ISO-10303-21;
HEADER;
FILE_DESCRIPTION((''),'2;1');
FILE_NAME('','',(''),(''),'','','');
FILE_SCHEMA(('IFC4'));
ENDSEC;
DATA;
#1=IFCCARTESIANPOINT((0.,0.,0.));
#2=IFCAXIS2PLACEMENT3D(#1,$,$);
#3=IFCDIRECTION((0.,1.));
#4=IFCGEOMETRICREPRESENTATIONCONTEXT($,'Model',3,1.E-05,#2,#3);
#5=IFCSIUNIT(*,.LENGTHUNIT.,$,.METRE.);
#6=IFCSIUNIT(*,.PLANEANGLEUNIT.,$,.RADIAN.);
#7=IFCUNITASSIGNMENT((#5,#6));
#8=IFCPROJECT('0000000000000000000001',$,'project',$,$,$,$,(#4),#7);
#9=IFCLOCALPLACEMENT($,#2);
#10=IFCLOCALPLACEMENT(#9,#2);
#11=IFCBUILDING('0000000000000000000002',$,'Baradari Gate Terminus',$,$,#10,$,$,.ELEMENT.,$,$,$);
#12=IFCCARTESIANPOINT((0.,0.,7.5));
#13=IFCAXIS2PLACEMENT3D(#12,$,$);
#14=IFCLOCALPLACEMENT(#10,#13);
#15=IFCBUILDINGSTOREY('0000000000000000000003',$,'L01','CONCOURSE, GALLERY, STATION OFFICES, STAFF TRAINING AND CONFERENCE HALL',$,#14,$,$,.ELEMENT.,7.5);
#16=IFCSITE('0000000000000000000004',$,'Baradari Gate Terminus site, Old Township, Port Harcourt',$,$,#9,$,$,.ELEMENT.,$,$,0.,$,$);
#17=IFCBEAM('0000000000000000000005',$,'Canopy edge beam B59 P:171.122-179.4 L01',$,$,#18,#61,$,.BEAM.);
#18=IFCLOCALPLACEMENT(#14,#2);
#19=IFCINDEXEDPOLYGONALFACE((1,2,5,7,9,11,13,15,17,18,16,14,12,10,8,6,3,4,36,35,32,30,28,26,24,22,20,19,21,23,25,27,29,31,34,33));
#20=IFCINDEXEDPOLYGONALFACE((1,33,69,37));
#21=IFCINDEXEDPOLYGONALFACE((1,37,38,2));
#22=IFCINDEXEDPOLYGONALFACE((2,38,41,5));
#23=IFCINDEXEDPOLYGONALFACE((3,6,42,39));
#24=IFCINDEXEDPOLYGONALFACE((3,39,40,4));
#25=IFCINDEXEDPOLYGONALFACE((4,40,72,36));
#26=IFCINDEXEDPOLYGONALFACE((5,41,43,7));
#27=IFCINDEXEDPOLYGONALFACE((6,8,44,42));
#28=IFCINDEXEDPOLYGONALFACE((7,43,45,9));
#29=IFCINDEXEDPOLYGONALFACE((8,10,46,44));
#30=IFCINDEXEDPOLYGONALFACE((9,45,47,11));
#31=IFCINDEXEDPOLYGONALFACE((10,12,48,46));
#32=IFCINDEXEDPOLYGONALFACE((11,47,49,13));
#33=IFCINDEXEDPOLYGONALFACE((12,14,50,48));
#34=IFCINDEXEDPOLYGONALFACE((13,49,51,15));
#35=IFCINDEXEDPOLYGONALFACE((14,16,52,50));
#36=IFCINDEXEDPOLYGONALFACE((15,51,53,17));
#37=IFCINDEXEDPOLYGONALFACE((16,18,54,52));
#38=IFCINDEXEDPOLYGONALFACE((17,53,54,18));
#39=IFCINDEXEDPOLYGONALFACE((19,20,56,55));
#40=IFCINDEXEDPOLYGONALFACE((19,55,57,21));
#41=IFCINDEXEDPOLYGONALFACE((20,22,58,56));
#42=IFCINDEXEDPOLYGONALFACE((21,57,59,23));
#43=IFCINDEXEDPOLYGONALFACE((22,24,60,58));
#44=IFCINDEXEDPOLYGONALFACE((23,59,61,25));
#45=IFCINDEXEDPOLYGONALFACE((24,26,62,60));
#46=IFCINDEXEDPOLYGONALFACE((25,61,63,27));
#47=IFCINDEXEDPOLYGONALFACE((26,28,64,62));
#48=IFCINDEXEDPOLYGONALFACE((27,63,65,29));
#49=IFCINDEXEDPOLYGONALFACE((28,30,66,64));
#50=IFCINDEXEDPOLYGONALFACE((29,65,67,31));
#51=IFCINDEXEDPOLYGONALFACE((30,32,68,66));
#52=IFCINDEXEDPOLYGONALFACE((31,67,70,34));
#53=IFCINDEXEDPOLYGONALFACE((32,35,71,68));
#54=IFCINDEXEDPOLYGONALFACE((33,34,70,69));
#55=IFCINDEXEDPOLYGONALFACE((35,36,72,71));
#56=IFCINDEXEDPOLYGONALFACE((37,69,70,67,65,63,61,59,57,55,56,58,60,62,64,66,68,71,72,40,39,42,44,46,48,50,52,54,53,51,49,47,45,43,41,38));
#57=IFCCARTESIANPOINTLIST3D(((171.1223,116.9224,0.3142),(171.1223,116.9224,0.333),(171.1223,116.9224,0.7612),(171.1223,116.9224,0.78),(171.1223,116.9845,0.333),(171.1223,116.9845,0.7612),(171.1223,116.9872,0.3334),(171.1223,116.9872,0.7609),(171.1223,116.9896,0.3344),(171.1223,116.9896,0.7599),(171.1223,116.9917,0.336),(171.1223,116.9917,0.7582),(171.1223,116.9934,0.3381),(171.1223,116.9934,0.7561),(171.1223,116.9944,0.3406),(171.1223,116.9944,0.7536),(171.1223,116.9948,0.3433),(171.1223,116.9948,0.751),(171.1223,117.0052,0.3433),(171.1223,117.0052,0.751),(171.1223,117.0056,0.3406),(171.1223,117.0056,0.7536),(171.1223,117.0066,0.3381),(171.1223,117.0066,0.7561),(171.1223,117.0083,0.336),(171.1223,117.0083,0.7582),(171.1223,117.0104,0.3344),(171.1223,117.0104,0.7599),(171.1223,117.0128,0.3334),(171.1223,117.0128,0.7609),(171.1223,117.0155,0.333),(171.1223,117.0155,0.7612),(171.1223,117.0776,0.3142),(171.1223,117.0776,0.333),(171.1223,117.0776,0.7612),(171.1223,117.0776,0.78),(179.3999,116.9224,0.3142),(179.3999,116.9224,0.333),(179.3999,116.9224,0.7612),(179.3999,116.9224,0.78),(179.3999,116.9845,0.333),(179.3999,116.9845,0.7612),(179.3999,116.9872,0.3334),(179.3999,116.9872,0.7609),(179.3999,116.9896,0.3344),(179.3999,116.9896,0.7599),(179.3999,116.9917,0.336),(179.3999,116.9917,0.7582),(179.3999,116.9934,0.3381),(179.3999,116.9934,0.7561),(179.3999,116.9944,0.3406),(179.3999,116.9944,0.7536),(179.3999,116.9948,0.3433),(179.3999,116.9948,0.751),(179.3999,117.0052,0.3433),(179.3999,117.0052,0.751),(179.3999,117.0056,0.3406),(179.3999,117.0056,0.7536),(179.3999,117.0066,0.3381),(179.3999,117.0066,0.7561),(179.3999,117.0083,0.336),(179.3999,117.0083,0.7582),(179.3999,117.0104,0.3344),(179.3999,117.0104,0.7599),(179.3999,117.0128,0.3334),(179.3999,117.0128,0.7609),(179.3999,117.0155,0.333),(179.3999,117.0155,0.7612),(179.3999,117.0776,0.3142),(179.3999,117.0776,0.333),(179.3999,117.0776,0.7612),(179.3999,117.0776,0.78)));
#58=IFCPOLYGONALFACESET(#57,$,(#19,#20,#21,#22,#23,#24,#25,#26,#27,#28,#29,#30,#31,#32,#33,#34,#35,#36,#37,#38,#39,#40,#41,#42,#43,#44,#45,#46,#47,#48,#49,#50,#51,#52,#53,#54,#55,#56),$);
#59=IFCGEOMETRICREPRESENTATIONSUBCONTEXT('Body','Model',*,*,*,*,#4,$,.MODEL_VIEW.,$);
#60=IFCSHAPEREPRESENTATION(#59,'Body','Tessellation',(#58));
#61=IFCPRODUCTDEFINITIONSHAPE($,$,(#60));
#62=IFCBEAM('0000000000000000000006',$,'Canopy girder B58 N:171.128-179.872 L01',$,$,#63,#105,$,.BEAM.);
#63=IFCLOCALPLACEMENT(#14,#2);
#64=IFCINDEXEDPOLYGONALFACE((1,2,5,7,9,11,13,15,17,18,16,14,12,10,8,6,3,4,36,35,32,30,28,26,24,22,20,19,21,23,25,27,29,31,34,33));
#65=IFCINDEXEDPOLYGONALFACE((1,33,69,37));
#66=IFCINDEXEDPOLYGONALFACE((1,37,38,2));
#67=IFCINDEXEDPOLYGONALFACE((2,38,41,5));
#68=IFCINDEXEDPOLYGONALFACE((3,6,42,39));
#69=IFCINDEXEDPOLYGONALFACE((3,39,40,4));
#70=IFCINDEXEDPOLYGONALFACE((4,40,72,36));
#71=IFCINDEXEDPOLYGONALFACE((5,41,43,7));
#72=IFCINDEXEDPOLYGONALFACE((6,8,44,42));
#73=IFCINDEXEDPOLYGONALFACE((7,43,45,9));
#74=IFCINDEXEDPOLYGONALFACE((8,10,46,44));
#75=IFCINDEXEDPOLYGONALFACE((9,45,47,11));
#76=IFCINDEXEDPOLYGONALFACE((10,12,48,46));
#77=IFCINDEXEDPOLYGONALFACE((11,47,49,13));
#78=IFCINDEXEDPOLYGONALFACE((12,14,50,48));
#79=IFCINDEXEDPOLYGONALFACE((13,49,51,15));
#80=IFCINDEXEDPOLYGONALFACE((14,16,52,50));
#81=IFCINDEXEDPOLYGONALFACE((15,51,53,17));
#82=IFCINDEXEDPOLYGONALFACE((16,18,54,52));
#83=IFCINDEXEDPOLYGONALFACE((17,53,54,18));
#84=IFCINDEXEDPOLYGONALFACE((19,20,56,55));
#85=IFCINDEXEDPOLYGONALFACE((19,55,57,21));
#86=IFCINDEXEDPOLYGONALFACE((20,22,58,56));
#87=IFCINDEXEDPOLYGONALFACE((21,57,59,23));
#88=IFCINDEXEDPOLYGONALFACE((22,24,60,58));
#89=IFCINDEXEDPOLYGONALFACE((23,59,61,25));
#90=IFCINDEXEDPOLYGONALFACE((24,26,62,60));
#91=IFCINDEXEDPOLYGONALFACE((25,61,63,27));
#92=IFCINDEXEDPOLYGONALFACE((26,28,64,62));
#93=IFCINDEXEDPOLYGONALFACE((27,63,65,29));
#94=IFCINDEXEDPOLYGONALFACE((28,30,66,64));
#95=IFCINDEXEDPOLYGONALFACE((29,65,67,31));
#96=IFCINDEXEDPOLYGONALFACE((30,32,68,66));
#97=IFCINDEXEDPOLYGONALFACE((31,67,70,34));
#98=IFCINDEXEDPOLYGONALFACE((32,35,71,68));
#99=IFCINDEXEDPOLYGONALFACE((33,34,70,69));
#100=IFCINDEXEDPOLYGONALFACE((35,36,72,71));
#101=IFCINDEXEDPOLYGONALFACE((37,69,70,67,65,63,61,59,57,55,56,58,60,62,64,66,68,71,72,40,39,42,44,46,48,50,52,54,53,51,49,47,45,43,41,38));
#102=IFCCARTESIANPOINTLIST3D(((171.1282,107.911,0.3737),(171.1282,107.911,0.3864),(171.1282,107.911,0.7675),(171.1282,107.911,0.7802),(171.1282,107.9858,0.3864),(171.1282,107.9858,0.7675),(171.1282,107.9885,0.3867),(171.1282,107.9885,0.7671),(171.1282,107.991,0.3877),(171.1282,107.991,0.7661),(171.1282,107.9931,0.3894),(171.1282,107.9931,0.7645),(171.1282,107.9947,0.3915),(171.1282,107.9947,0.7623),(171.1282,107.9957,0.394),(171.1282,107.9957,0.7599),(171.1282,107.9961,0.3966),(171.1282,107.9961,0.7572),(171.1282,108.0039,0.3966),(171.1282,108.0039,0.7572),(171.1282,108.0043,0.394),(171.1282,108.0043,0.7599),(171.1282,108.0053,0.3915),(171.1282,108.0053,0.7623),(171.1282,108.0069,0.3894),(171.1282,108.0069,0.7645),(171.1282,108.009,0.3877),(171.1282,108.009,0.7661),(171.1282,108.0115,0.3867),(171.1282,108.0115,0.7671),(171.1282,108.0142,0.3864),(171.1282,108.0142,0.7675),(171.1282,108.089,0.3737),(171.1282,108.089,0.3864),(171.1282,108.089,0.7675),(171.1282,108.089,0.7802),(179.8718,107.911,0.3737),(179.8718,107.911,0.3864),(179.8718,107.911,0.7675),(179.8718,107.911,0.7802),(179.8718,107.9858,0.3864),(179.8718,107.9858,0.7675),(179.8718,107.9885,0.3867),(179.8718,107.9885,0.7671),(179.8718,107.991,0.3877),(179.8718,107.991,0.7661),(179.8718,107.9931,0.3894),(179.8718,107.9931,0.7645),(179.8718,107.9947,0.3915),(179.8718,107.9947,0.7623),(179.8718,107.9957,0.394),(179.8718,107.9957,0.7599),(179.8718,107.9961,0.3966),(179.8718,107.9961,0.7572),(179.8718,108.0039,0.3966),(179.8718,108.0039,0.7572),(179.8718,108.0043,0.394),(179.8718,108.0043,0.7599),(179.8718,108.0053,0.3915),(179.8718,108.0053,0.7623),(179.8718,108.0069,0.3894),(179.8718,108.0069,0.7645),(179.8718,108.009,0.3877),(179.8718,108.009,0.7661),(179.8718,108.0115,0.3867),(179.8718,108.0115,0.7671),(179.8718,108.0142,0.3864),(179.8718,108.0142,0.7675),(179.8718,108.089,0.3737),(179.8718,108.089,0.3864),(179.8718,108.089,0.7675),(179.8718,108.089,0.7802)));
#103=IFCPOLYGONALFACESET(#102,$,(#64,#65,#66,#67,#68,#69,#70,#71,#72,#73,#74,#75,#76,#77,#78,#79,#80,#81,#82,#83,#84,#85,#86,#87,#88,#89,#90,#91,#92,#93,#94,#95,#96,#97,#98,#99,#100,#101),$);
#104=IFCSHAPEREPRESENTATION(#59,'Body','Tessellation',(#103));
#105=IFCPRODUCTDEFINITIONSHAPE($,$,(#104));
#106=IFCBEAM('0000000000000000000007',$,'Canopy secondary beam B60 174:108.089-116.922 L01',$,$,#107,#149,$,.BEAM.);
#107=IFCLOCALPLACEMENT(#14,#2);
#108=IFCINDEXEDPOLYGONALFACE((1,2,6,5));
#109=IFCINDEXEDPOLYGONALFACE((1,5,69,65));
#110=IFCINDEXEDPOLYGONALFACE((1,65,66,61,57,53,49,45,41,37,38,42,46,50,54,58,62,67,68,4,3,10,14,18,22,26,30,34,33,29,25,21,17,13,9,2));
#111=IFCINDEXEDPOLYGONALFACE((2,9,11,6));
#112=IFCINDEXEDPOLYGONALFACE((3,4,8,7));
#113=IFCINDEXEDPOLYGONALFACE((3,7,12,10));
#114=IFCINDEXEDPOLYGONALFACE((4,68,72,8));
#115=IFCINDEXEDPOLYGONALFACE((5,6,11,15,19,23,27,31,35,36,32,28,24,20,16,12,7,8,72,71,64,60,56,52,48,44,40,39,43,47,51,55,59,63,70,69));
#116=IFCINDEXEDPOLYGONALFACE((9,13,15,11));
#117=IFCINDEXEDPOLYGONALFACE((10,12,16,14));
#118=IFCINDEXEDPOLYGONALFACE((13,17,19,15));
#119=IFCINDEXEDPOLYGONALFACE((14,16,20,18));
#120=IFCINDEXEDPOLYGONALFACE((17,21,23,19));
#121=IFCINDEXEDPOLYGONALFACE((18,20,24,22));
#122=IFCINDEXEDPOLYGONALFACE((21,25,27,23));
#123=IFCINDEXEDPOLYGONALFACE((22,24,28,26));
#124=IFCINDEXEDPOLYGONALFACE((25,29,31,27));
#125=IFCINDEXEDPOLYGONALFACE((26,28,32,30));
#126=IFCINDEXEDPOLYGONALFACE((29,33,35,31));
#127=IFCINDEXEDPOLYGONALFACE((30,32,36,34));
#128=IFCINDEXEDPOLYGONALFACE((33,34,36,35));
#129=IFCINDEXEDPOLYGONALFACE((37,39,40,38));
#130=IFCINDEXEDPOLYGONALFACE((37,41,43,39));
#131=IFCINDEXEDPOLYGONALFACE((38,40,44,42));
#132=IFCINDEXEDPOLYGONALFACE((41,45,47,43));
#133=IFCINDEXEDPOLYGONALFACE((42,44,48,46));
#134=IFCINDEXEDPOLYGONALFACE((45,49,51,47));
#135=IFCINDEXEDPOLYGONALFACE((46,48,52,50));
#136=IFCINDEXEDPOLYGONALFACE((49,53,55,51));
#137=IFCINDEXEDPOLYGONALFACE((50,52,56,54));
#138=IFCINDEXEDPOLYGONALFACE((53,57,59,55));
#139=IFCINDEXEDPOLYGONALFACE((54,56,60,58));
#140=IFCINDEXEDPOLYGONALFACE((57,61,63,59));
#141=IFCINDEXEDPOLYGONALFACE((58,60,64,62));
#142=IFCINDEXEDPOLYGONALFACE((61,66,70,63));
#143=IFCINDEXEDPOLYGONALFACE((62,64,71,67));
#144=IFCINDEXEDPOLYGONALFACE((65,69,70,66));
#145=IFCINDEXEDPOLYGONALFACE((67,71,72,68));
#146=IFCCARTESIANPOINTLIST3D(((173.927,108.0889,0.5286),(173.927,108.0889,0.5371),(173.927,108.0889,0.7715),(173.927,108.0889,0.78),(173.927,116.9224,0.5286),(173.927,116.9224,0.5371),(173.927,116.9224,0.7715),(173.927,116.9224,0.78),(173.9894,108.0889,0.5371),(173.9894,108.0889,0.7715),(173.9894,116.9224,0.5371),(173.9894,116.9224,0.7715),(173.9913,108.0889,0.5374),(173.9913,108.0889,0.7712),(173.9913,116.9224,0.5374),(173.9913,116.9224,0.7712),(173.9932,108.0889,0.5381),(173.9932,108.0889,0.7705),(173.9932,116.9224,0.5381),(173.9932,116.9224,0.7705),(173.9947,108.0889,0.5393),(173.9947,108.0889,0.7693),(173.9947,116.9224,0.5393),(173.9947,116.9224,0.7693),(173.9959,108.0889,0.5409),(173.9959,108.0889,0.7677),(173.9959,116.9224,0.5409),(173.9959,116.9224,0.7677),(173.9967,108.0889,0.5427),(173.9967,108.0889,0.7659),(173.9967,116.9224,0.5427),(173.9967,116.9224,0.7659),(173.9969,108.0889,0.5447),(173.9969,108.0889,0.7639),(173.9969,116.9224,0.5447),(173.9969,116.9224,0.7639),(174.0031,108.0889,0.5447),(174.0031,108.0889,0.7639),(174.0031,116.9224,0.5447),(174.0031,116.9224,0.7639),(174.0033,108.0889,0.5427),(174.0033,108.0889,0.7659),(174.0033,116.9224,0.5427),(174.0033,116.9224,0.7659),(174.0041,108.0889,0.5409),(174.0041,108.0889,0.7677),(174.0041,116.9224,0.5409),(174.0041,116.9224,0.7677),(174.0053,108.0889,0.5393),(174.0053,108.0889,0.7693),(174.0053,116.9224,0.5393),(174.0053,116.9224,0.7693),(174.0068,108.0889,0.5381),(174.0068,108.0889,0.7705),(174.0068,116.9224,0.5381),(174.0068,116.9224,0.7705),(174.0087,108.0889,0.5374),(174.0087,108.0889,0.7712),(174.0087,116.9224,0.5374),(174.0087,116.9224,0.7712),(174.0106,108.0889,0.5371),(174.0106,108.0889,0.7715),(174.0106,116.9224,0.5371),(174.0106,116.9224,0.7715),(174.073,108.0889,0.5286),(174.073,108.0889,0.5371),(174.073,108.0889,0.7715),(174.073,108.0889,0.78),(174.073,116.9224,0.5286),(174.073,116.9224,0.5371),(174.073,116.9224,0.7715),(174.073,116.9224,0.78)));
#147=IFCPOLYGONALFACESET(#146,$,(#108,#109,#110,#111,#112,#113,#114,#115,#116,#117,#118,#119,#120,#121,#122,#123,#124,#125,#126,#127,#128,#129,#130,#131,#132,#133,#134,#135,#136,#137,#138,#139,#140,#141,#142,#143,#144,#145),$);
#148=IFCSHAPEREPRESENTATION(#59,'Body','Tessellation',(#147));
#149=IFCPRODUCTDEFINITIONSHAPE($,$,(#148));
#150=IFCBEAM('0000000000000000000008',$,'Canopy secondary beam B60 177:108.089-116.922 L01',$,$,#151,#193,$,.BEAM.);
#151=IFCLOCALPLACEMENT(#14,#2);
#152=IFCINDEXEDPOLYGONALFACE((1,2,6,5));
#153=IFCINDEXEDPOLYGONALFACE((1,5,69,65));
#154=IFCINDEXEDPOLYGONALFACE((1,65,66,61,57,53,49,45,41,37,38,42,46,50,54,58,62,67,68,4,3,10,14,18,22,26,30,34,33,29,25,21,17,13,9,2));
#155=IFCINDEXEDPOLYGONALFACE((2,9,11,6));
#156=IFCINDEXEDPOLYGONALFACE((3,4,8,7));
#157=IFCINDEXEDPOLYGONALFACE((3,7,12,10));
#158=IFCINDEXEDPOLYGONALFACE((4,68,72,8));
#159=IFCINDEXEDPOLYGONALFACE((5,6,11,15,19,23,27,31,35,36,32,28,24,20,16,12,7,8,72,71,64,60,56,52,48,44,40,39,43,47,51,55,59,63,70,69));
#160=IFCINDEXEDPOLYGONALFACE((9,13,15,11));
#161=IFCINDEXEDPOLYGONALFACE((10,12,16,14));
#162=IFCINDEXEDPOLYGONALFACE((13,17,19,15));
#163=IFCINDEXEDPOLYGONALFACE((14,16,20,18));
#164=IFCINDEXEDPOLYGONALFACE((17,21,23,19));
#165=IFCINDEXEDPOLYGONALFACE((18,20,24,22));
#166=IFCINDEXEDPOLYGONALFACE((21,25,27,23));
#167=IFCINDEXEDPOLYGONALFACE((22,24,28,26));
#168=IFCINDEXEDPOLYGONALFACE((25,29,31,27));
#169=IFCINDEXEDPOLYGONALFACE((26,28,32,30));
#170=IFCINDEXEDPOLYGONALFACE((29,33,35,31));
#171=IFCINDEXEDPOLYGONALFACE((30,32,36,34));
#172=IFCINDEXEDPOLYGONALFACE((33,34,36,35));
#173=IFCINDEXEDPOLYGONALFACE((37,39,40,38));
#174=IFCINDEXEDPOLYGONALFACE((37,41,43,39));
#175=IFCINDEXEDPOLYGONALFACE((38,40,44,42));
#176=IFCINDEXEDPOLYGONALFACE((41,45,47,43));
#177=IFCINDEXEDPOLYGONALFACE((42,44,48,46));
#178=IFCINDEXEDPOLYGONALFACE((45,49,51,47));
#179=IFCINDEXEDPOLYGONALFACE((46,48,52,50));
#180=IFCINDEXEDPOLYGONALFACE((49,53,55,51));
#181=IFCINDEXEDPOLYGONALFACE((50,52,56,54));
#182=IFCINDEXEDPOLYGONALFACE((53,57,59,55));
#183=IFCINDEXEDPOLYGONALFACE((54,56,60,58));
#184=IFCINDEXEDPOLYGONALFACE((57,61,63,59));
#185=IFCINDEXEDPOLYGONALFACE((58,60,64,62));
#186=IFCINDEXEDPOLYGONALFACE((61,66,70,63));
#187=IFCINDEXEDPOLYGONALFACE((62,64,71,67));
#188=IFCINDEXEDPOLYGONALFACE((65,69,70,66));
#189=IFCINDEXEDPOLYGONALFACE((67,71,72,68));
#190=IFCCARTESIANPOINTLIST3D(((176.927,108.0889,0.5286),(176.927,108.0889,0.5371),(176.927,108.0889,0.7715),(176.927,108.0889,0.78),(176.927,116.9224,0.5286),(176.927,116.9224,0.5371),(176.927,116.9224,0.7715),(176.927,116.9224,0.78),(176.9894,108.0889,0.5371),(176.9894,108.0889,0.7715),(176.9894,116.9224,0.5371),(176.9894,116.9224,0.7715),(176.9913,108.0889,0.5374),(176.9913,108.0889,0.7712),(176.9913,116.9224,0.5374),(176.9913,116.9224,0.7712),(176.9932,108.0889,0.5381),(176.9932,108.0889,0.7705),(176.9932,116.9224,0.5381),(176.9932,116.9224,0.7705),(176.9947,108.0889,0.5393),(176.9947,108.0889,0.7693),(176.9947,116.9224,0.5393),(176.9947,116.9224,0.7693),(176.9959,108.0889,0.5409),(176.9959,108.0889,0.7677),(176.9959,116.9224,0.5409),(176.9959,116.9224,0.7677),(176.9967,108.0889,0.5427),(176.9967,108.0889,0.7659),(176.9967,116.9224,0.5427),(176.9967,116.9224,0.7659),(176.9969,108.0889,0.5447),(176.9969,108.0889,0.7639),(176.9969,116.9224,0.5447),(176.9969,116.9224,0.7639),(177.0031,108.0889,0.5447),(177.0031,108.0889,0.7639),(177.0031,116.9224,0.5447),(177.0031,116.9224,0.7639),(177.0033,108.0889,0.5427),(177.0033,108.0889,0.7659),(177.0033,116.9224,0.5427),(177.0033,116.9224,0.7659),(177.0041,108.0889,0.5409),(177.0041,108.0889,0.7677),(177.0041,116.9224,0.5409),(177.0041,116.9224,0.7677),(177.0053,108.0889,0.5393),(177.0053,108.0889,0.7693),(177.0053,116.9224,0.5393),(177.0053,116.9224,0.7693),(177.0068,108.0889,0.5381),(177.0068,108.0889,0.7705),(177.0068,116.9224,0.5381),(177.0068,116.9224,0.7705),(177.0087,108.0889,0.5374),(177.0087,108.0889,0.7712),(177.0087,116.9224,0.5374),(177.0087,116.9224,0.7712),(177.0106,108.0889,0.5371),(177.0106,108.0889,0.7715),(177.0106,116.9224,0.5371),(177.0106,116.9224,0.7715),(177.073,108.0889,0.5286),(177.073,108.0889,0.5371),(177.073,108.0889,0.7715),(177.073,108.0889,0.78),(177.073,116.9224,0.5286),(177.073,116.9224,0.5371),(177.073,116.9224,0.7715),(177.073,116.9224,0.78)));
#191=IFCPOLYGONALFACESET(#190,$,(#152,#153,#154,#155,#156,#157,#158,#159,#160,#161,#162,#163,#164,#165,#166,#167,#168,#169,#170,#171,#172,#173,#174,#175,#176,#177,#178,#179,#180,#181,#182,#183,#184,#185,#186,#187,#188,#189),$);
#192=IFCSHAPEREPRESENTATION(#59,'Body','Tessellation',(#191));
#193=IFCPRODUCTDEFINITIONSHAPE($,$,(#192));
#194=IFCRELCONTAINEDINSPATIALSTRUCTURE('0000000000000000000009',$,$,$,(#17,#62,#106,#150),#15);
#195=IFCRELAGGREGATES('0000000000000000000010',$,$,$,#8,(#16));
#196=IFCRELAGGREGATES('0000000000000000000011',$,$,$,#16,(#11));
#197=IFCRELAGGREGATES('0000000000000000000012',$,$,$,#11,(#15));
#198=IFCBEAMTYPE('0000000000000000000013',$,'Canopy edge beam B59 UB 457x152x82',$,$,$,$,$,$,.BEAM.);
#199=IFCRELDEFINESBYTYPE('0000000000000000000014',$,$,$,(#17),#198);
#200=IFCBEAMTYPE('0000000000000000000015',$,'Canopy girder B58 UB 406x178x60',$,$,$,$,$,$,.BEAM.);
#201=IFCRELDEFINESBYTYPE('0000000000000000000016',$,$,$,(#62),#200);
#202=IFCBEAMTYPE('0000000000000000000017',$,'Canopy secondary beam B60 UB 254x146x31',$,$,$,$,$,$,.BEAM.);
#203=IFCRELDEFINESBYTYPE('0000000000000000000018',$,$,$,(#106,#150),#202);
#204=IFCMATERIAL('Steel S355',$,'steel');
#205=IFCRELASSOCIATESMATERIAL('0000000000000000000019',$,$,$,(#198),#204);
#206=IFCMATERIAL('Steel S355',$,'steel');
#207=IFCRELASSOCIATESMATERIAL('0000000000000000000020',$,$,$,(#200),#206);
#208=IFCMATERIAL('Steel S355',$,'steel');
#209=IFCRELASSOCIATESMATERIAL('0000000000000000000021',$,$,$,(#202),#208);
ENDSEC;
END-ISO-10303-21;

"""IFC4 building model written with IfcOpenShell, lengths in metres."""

from ifc_helpers import new_model, si_unit, direction, frame, origin, origin_2d, place, context, subcontext, project, spatial, i_section, extrude, material, material_profile, profile_set, type_object, element, save


model = new_model("IFC4")

# Units and contexts
model_context = context("Model", 3, precision=1e-05, world=origin(), true_north=direction((0.0, 1.0)))
body_context = subcontext(model_context, "Body", "Model", "MODEL_VIEW")
ifc_project = project(units=[si_unit("LENGTHUNIT", "METRE"), si_unit("PLANEANGLEUNIT", "RADIAN")], contexts=[model_context])

# Site, building, storey
site_placement = place(None, origin())
site = spatial("IfcSite", under=ifc_project, at=site_placement, Name="Baradari Gate Terminus site, Old Township, Port Harcourt", CompositionType="ELEMENT", RefElevation=0.0)
building_placement = place(site_placement, origin())
building = spatial("IfcBuilding", under=site, at=building_placement, Name="Baradari Gate Terminus", CompositionType="ELEMENT")
storey_placement = place(building_placement, frame((0.0, 0.0, 7.5)))
storey = spatial("IfcBuildingStorey", under=building, at=storey_placement, Name="L01", Description="CONCOURSE, GALLERY, STATION OFFICES, STAFF TRAINING AND CONFERENCE HALL", CompositionType="ELEMENT", Elevation=7.5)

# Beams
ifc_material_1 = material(Name="Steel S355", Category="steel")
ifc_material_profile_1 = material_profile(ifc_material_1, i_section(OverallWidth=0.1553, OverallDepth=0.4658, WebThickness=0.0105, FlangeThickness=0.0188, FilletRadius=0.0103, at=origin_2d()), Name="UB 457x152x82")
ifc_profile_set_1 = profile_set([ifc_material_profile_1], Name="Steel S355")
beam_type_1 = type_object("IfcBeamType", Name="Canopy edge beam B59 UB 457x152x82", PredefinedType="BEAM", material=ifc_profile_set_1)
beam_1_placement = place(storey_placement, frame((171.1223, 117.0, 0.5471), z_axis=(1.0, 0.0, 0.0), x_axis=(0.0, 1.0, 0.0)))
element("IfcBeam", 1, at=beam_1_placement, inside=storey, type_object=beam_type_1, Name="Canopy edge beam B59 P:171.122-179.4 L01", PredefinedType="BEAM", context=body_context, shape_type="SweptSolid", body=[
    extrude(i_section(OverallWidth=0.1553, OverallDepth=0.4658, WebThickness=0.0105, FlangeThickness=0.0188, FilletRadius=0.0103, at=origin_2d()), origin(), (0.0, 0.0, 1.0), 8.2776),
])
ifc_material_2 = material(Name="Steel S355", Category="steel")
ifc_material_profile_2 = material_profile(ifc_material_2, i_section(OverallWidth=0.178, OverallDepth=0.4065, WebThickness=0.0078, FlangeThickness=0.0127, FilletRadius=0.0103, at=origin_2d()), Name="UB 406x178x60")
ifc_profile_set_2 = profile_set([ifc_material_profile_2], Name="Steel S355")
beam_type_2 = type_object("IfcBeamType", Name="Canopy girder B58 UB 406x178x60", PredefinedType="BEAM", material=ifc_profile_set_2)
beam_2_placement = place(storey_placement, frame((171.1282, 108.0, 0.5769), z_axis=(1.0, 0.0, 0.0), x_axis=(0.0, 1.0, 0.0)))
element("IfcBeam", 2, at=beam_2_placement, inside=storey, type_object=beam_type_2, Name="Canopy girder B58 N:171.128-179.872 L01", PredefinedType="BEAM", context=body_context, shape_type="SweptSolid", body=[
    extrude(i_section(OverallWidth=0.178, OverallDepth=0.4065, WebThickness=0.0078, FlangeThickness=0.0127, FilletRadius=0.0103, at=origin_2d()), origin(), (0.0, 0.0, 1.0), 8.7437),
])
ifc_material_3 = material(Name="Steel S355", Category="steel")
ifc_material_profile_3 = material_profile(ifc_material_3, i_section(OverallWidth=0.146, OverallDepth=0.2515, WebThickness=0.0061, FlangeThickness=0.0085, FilletRadius=0.0076, at=origin_2d()), Name="UB 254x146x31")
ifc_profile_set_3 = profile_set([ifc_material_profile_3], Name="Steel S355")
beam_type_3 = type_object("IfcBeamType", Name="Canopy secondary beam B60 UB 254x146x31", PredefinedType="BEAM", material=ifc_profile_set_3)
for number, where, z_axis, x_axis, name in (
    (3, (174.0, 108.0889, 0.6543), (0.0, 1.0, 0.0), (-1.0, 0.0, 0.0), "Canopy secondary beam B60 174:108.089-116.922 L01"),
    (4, (177.0, 108.0889, 0.6543), (0.0, 1.0, 0.0), (-1.0, 0.0, 0.0), "Canopy secondary beam B60 177:108.089-116.922 L01"),
):
    element("IfcBeam", number, at=place(storey_placement, frame(where, z_axis=z_axis, x_axis=x_axis)), inside=storey, type_object=beam_type_3, Name=name, PredefinedType="BEAM", context=body_context, shape_type="SweptSolid", body=[
        extrude(i_section(OverallWidth=0.146, OverallDepth=0.2515, WebThickness=0.0061, FlangeThickness=0.0085, FilletRadius=0.0076, at=origin_2d()), origin(), (0.0, 0.0, 1.0), 8.8335),
    ])

save(model, "model.ifc")
